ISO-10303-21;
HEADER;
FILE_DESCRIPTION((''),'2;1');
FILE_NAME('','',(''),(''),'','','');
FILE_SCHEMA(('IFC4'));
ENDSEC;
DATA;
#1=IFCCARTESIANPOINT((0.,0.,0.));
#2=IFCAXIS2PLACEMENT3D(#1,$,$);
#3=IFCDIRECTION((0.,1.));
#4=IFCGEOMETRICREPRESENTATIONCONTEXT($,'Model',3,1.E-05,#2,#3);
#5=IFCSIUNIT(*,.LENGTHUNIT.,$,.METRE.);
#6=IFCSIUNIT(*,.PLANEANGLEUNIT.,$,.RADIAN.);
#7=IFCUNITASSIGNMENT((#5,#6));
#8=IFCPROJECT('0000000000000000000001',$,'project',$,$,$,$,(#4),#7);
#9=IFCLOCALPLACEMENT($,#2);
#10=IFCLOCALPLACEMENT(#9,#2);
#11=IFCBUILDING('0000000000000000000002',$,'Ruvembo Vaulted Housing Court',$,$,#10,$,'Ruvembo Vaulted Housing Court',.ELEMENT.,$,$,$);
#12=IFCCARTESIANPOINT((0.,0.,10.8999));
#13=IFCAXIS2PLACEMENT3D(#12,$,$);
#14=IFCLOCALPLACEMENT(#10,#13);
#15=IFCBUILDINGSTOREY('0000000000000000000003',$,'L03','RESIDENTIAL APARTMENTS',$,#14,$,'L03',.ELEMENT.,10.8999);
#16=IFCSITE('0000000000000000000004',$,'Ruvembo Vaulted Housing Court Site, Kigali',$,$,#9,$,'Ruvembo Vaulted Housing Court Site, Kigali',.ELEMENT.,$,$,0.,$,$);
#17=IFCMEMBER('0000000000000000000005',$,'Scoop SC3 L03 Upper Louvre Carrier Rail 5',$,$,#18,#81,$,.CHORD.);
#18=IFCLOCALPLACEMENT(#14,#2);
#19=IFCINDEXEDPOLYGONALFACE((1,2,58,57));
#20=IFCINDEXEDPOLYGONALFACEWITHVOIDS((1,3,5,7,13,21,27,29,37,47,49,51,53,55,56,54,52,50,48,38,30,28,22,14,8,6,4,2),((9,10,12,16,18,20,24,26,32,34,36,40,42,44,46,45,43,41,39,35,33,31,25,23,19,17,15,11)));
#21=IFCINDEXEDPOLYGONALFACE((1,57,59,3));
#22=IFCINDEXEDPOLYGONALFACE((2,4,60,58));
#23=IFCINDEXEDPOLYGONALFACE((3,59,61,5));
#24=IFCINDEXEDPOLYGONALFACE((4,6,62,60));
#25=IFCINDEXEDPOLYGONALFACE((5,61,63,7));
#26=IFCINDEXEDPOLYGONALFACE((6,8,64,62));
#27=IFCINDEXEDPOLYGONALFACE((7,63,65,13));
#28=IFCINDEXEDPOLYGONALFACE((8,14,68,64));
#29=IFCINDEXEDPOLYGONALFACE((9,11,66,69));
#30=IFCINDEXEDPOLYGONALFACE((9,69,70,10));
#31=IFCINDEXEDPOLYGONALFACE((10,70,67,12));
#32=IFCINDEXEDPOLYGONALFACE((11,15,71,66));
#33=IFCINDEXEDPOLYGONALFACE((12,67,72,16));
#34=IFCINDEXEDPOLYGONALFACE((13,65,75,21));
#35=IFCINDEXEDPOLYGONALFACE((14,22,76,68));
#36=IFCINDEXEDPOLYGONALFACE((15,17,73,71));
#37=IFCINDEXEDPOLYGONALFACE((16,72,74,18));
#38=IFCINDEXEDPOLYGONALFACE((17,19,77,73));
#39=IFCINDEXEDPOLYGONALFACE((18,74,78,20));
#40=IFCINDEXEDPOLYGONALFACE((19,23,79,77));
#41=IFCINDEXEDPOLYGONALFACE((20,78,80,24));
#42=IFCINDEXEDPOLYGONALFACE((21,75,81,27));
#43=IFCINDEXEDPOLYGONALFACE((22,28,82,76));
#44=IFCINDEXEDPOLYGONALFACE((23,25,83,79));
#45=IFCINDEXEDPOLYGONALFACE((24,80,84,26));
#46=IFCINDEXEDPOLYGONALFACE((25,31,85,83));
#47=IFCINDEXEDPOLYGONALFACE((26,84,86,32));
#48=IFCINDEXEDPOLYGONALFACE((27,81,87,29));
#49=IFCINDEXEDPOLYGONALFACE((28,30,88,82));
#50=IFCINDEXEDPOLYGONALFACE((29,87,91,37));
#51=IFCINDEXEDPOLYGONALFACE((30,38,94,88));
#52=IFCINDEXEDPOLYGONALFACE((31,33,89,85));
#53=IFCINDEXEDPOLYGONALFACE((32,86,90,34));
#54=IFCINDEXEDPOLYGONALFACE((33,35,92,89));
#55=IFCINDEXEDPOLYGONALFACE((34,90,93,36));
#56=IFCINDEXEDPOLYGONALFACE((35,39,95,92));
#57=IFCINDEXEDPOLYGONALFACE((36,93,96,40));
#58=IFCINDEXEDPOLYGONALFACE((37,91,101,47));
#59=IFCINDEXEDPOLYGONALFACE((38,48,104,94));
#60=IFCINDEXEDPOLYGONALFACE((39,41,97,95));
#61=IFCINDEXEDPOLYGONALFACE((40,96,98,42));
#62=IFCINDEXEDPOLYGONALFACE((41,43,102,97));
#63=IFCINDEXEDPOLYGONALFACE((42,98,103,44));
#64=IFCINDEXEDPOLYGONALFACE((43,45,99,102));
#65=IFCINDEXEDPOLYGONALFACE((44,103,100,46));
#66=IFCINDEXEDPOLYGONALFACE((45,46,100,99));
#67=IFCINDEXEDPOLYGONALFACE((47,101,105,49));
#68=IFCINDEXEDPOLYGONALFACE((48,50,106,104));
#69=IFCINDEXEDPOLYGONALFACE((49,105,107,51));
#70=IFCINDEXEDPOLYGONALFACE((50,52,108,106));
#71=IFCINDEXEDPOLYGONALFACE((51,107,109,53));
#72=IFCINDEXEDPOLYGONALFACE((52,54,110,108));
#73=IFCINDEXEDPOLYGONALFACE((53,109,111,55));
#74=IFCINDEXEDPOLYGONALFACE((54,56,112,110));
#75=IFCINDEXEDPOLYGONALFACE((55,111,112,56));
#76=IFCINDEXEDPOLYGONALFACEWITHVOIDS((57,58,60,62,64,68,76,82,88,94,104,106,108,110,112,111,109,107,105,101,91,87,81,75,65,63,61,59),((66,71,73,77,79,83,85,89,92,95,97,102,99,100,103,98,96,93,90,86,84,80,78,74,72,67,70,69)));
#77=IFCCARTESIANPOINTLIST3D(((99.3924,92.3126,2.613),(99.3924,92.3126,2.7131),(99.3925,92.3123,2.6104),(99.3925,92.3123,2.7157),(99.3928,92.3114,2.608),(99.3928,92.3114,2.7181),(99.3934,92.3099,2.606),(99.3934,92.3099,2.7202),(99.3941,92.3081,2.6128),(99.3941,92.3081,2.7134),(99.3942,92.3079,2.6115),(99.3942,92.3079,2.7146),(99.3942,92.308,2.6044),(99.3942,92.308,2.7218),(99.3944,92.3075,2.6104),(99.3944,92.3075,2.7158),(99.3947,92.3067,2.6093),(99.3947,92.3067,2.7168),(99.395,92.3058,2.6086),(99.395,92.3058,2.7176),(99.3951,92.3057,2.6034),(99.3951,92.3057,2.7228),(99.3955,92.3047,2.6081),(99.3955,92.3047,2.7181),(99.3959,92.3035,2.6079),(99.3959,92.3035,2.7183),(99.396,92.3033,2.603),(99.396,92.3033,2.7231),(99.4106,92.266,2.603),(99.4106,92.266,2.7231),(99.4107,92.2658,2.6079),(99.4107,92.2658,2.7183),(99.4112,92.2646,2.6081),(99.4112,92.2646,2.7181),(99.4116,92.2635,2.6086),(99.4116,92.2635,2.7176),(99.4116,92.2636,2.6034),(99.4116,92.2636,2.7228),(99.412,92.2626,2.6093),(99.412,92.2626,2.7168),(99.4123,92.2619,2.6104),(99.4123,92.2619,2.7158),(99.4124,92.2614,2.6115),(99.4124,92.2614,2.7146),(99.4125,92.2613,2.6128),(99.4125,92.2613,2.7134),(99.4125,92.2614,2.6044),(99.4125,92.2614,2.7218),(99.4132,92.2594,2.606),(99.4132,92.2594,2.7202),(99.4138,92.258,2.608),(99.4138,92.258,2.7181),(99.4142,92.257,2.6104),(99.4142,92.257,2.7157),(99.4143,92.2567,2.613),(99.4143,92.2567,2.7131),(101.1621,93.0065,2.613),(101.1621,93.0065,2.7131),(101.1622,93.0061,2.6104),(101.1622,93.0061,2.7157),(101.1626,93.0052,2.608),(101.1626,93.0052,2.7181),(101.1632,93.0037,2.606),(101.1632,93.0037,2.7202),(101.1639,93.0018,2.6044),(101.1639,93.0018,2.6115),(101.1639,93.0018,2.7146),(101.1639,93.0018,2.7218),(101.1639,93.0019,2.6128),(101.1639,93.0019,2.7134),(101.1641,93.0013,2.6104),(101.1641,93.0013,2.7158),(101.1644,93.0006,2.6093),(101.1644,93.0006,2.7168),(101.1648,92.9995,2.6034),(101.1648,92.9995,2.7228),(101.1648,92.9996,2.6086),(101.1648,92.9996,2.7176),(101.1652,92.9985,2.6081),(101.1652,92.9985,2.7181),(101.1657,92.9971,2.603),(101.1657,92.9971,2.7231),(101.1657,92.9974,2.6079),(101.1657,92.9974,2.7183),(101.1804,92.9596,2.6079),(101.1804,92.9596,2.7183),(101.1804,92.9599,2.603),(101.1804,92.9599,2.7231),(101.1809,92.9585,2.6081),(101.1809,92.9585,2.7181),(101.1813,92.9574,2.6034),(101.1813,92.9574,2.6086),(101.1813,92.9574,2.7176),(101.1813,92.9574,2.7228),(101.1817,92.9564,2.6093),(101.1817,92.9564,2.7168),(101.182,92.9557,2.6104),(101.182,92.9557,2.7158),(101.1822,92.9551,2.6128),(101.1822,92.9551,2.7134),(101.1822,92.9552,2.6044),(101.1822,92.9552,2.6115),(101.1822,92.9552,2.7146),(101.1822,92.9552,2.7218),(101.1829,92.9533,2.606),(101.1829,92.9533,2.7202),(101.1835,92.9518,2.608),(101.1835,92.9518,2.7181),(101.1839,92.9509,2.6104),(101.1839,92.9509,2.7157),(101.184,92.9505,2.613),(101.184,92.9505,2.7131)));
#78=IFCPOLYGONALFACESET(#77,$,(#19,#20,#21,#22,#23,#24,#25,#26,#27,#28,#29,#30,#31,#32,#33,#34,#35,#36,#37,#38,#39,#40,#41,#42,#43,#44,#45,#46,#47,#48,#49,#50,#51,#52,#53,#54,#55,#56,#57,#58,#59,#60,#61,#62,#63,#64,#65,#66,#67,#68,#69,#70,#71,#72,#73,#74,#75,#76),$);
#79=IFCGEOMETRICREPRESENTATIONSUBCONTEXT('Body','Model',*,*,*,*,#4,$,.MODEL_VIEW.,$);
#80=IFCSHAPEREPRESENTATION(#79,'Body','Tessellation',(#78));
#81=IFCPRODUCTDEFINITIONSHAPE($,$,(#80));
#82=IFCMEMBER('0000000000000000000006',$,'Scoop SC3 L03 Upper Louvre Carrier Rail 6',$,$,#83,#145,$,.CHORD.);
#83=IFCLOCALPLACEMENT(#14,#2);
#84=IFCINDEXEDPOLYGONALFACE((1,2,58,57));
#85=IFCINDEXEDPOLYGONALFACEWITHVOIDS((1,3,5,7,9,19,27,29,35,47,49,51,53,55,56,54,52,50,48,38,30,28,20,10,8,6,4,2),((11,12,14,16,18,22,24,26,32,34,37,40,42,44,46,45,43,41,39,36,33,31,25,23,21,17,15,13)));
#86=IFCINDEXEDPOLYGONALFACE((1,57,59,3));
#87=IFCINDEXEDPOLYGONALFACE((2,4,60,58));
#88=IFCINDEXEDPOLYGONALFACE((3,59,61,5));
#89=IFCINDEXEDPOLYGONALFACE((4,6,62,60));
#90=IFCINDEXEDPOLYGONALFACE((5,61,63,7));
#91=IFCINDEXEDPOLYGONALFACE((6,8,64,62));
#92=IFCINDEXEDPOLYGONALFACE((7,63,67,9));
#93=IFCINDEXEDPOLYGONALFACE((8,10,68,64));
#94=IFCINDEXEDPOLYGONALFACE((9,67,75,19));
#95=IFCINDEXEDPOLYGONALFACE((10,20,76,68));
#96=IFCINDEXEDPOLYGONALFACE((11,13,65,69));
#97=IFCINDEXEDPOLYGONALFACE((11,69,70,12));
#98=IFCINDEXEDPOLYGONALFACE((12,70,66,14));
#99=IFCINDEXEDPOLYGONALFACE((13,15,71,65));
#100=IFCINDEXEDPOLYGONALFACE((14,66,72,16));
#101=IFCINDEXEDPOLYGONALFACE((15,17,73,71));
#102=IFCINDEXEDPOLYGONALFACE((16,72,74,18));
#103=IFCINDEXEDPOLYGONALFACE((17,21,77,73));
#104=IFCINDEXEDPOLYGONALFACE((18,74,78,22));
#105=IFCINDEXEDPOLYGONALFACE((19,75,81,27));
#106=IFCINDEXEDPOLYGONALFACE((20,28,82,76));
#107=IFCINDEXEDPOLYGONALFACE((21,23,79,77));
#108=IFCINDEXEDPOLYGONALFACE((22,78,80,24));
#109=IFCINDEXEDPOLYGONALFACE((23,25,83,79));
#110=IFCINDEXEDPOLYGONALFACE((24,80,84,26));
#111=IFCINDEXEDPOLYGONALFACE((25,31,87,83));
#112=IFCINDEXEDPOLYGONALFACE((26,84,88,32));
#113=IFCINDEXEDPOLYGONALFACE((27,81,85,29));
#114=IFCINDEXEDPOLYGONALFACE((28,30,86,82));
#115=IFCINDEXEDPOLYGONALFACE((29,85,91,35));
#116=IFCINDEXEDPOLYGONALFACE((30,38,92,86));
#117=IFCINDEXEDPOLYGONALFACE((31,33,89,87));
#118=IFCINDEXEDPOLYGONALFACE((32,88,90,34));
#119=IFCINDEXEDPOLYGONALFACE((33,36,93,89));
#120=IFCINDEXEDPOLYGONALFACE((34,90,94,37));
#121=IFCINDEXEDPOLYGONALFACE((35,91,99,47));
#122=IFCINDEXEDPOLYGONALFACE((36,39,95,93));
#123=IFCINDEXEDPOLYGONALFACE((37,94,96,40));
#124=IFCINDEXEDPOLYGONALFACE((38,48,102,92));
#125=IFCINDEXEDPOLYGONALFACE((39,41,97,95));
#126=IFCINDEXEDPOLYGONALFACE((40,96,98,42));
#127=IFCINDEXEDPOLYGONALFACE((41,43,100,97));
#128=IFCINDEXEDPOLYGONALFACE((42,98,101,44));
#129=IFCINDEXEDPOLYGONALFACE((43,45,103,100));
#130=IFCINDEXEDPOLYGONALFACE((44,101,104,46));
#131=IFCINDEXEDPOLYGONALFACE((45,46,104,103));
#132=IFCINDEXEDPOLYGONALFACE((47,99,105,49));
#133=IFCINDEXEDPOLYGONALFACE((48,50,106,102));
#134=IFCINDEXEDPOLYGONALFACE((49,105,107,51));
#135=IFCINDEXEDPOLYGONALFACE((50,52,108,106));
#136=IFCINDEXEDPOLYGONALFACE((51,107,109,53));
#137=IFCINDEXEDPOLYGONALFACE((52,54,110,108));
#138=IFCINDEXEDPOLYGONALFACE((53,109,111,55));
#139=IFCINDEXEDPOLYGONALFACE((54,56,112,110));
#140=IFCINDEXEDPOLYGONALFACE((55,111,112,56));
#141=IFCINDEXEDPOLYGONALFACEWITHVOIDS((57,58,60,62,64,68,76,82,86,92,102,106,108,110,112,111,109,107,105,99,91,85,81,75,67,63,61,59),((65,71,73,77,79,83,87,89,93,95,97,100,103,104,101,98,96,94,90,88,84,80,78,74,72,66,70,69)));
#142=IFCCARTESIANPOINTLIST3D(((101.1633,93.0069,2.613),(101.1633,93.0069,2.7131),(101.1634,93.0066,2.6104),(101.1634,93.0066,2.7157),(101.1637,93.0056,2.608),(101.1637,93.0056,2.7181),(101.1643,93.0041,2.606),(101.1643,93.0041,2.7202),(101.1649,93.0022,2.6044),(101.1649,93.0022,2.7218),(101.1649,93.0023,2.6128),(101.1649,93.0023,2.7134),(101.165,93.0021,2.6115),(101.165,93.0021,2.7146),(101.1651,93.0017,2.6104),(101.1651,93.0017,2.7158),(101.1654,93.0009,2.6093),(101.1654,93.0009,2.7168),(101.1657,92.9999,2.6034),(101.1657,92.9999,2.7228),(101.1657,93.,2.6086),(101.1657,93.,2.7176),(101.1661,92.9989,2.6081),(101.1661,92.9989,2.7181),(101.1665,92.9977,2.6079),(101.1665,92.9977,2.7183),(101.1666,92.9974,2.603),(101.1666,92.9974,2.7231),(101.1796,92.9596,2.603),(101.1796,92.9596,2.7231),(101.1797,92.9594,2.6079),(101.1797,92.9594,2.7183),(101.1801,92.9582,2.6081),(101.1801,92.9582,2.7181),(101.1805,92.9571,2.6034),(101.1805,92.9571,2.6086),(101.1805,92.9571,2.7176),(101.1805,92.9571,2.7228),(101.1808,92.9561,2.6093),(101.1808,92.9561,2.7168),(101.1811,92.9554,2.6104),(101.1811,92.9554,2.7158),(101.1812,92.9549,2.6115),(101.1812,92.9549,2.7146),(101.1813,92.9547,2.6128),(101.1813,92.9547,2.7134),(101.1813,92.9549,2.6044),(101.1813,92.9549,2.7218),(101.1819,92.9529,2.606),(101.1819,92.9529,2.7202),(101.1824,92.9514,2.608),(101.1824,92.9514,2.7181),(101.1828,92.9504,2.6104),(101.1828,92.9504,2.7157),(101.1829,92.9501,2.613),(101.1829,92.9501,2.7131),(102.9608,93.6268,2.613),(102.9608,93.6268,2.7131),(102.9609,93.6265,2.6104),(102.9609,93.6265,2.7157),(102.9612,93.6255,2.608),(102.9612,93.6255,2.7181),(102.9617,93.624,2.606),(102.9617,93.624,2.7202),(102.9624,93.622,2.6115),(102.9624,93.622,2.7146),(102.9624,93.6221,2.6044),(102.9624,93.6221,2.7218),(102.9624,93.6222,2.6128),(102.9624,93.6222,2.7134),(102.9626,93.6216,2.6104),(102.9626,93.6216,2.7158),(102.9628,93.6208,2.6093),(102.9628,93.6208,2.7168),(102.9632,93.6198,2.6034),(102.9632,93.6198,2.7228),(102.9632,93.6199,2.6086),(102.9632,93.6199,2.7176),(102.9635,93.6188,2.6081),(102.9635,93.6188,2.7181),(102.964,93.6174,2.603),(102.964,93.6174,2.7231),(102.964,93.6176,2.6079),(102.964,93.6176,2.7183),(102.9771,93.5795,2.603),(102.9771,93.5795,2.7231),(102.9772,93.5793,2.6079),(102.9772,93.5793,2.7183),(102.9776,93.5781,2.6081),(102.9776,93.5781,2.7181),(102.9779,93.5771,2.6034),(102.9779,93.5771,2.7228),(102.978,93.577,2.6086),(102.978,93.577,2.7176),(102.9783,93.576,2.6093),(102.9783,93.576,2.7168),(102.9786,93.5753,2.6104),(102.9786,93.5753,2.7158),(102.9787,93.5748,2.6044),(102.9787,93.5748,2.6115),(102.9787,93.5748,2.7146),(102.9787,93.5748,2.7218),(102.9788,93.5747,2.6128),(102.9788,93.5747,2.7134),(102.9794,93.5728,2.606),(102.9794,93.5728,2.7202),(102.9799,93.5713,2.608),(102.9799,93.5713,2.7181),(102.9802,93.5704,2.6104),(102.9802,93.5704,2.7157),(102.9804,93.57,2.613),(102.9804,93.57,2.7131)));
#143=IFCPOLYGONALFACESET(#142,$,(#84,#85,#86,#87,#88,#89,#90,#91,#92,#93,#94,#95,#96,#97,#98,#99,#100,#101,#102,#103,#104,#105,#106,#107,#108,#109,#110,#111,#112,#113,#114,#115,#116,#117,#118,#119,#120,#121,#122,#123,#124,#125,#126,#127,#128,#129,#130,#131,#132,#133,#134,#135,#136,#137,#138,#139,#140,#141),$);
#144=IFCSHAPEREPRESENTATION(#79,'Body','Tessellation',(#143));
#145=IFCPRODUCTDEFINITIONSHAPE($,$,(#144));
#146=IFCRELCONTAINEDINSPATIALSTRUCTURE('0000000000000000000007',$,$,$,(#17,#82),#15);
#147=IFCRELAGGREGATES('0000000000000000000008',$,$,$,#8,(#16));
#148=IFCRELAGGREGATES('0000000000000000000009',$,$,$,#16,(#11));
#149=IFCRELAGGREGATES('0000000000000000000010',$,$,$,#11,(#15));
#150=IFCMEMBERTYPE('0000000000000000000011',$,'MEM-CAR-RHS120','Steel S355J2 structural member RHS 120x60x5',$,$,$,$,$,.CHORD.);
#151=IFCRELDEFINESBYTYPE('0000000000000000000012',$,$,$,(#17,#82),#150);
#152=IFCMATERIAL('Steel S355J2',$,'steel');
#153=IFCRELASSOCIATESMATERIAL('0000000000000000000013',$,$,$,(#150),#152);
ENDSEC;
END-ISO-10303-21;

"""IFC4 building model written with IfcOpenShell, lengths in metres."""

from ifc_helpers import new_model, si_unit, direction, frame, origin, origin_2d, place, context, subcontext, project, spatial, hollow_rectangle, extrude, material, material_profile, profile_set, type_object, element, save


model = new_model("IFC4")

# Units and contexts
model_context = context("Model", 3, precision=1e-05, world=origin(), true_north=direction((0.0, 1.0)))
body_context = subcontext(model_context, "Body", "Model", "MODEL_VIEW")
ifc_project = project(units=[si_unit("LENGTHUNIT", "METRE"), si_unit("PLANEANGLEUNIT", "RADIAN")], contexts=[model_context])

# Site, building, storey
site_placement = place(None, origin())
site = spatial("IfcSite", under=ifc_project, at=site_placement, Name="Ruvembo Vaulted Housing Court Site, Kigali", LongName="Ruvembo Vaulted Housing Court Site, Kigali", CompositionType="ELEMENT", RefElevation=0.0)
building_placement = place(site_placement, origin())
building = spatial("IfcBuilding", under=site, at=building_placement, Name="Ruvembo Vaulted Housing Court", LongName="Ruvembo Vaulted Housing Court", CompositionType="ELEMENT")
storey_placement = place(building_placement, frame((0.0, 0.0, 10.8999)))
storey = spatial("IfcBuildingStorey", under=building, at=storey_placement, Name="L03", Description="RESIDENTIAL APARTMENTS", LongName="L03", CompositionType="ELEMENT", Elevation=10.8999)

# Shared definitions
ifc_material_1 = material(Name="Steel S355J2", Category="steel")

# Members
ifc_material_profile_1 = material_profile(ifc_material_1, hollow_rectangle(XDim=0.0601, YDim=0.1201, WallThickness=0.0049, InnerFilletRadius=0.0049, OuterFilletRadius=0.01, at=origin_2d()), Name="RHS 120x60x5")
ifc_profile_set_1 = profile_set([ifc_material_profile_1], Name="Steel S355J2")
member_type_1 = type_object("IfcMemberType", Name="MEM-CAR-RHS120", Description="Steel S355J2 structural member RHS 120x60x5", PredefinedType="CHORD", material=ifc_profile_set_1)
for number, where, z_axis, x_axis, name in (
    (1, (99.4033, 92.2847, 2.6631), (0.931006, 0.365005, 0.0), (-0.365005, 0.931006, 0.0), "Scoop SC3 L03 Upper Louvre Carrier Rail 5"),
):
    element("IfcMember", number, at=place(storey_placement, frame(where, z_axis=z_axis, x_axis=x_axis)), inside=storey, type_object=member_type_1, Name=name, PredefinedType="CHORD", context=body_context, shape_type="SweptSolid", body=[
        extrude(hollow_rectangle(XDim=0.0601, YDim=0.1201, WallThickness=0.0049, InnerFilletRadius=0.0049, OuterFilletRadius=0.01, at=origin_2d()), origin(), (0.0, 0.0, 1.0), 1.9009),
    ])
member_1_placement = place(storey_placement, frame((101.1731, 92.9785, 2.6631), z_axis=(0.945358, 0.326034, 0.0), x_axis=(-0.326034, 0.945358, 0.0)))
element("IfcMember", 2, at=member_1_placement, inside=storey, type_object=member_type_1, Name="Scoop SC3 L03 Upper Louvre Carrier Rail 6", PredefinedType="CHORD", context=body_context, shape_type="SweptSolid", body=[
    extrude(hollow_rectangle(XDim=0.0601, YDim=0.1201, WallThickness=0.0049, InnerFilletRadius=0.0049, OuterFilletRadius=0.01, at=origin_2d()), origin(), (0.0, 0.0, 1.0), 1.9014),
])

save(model, "model.ifc")
